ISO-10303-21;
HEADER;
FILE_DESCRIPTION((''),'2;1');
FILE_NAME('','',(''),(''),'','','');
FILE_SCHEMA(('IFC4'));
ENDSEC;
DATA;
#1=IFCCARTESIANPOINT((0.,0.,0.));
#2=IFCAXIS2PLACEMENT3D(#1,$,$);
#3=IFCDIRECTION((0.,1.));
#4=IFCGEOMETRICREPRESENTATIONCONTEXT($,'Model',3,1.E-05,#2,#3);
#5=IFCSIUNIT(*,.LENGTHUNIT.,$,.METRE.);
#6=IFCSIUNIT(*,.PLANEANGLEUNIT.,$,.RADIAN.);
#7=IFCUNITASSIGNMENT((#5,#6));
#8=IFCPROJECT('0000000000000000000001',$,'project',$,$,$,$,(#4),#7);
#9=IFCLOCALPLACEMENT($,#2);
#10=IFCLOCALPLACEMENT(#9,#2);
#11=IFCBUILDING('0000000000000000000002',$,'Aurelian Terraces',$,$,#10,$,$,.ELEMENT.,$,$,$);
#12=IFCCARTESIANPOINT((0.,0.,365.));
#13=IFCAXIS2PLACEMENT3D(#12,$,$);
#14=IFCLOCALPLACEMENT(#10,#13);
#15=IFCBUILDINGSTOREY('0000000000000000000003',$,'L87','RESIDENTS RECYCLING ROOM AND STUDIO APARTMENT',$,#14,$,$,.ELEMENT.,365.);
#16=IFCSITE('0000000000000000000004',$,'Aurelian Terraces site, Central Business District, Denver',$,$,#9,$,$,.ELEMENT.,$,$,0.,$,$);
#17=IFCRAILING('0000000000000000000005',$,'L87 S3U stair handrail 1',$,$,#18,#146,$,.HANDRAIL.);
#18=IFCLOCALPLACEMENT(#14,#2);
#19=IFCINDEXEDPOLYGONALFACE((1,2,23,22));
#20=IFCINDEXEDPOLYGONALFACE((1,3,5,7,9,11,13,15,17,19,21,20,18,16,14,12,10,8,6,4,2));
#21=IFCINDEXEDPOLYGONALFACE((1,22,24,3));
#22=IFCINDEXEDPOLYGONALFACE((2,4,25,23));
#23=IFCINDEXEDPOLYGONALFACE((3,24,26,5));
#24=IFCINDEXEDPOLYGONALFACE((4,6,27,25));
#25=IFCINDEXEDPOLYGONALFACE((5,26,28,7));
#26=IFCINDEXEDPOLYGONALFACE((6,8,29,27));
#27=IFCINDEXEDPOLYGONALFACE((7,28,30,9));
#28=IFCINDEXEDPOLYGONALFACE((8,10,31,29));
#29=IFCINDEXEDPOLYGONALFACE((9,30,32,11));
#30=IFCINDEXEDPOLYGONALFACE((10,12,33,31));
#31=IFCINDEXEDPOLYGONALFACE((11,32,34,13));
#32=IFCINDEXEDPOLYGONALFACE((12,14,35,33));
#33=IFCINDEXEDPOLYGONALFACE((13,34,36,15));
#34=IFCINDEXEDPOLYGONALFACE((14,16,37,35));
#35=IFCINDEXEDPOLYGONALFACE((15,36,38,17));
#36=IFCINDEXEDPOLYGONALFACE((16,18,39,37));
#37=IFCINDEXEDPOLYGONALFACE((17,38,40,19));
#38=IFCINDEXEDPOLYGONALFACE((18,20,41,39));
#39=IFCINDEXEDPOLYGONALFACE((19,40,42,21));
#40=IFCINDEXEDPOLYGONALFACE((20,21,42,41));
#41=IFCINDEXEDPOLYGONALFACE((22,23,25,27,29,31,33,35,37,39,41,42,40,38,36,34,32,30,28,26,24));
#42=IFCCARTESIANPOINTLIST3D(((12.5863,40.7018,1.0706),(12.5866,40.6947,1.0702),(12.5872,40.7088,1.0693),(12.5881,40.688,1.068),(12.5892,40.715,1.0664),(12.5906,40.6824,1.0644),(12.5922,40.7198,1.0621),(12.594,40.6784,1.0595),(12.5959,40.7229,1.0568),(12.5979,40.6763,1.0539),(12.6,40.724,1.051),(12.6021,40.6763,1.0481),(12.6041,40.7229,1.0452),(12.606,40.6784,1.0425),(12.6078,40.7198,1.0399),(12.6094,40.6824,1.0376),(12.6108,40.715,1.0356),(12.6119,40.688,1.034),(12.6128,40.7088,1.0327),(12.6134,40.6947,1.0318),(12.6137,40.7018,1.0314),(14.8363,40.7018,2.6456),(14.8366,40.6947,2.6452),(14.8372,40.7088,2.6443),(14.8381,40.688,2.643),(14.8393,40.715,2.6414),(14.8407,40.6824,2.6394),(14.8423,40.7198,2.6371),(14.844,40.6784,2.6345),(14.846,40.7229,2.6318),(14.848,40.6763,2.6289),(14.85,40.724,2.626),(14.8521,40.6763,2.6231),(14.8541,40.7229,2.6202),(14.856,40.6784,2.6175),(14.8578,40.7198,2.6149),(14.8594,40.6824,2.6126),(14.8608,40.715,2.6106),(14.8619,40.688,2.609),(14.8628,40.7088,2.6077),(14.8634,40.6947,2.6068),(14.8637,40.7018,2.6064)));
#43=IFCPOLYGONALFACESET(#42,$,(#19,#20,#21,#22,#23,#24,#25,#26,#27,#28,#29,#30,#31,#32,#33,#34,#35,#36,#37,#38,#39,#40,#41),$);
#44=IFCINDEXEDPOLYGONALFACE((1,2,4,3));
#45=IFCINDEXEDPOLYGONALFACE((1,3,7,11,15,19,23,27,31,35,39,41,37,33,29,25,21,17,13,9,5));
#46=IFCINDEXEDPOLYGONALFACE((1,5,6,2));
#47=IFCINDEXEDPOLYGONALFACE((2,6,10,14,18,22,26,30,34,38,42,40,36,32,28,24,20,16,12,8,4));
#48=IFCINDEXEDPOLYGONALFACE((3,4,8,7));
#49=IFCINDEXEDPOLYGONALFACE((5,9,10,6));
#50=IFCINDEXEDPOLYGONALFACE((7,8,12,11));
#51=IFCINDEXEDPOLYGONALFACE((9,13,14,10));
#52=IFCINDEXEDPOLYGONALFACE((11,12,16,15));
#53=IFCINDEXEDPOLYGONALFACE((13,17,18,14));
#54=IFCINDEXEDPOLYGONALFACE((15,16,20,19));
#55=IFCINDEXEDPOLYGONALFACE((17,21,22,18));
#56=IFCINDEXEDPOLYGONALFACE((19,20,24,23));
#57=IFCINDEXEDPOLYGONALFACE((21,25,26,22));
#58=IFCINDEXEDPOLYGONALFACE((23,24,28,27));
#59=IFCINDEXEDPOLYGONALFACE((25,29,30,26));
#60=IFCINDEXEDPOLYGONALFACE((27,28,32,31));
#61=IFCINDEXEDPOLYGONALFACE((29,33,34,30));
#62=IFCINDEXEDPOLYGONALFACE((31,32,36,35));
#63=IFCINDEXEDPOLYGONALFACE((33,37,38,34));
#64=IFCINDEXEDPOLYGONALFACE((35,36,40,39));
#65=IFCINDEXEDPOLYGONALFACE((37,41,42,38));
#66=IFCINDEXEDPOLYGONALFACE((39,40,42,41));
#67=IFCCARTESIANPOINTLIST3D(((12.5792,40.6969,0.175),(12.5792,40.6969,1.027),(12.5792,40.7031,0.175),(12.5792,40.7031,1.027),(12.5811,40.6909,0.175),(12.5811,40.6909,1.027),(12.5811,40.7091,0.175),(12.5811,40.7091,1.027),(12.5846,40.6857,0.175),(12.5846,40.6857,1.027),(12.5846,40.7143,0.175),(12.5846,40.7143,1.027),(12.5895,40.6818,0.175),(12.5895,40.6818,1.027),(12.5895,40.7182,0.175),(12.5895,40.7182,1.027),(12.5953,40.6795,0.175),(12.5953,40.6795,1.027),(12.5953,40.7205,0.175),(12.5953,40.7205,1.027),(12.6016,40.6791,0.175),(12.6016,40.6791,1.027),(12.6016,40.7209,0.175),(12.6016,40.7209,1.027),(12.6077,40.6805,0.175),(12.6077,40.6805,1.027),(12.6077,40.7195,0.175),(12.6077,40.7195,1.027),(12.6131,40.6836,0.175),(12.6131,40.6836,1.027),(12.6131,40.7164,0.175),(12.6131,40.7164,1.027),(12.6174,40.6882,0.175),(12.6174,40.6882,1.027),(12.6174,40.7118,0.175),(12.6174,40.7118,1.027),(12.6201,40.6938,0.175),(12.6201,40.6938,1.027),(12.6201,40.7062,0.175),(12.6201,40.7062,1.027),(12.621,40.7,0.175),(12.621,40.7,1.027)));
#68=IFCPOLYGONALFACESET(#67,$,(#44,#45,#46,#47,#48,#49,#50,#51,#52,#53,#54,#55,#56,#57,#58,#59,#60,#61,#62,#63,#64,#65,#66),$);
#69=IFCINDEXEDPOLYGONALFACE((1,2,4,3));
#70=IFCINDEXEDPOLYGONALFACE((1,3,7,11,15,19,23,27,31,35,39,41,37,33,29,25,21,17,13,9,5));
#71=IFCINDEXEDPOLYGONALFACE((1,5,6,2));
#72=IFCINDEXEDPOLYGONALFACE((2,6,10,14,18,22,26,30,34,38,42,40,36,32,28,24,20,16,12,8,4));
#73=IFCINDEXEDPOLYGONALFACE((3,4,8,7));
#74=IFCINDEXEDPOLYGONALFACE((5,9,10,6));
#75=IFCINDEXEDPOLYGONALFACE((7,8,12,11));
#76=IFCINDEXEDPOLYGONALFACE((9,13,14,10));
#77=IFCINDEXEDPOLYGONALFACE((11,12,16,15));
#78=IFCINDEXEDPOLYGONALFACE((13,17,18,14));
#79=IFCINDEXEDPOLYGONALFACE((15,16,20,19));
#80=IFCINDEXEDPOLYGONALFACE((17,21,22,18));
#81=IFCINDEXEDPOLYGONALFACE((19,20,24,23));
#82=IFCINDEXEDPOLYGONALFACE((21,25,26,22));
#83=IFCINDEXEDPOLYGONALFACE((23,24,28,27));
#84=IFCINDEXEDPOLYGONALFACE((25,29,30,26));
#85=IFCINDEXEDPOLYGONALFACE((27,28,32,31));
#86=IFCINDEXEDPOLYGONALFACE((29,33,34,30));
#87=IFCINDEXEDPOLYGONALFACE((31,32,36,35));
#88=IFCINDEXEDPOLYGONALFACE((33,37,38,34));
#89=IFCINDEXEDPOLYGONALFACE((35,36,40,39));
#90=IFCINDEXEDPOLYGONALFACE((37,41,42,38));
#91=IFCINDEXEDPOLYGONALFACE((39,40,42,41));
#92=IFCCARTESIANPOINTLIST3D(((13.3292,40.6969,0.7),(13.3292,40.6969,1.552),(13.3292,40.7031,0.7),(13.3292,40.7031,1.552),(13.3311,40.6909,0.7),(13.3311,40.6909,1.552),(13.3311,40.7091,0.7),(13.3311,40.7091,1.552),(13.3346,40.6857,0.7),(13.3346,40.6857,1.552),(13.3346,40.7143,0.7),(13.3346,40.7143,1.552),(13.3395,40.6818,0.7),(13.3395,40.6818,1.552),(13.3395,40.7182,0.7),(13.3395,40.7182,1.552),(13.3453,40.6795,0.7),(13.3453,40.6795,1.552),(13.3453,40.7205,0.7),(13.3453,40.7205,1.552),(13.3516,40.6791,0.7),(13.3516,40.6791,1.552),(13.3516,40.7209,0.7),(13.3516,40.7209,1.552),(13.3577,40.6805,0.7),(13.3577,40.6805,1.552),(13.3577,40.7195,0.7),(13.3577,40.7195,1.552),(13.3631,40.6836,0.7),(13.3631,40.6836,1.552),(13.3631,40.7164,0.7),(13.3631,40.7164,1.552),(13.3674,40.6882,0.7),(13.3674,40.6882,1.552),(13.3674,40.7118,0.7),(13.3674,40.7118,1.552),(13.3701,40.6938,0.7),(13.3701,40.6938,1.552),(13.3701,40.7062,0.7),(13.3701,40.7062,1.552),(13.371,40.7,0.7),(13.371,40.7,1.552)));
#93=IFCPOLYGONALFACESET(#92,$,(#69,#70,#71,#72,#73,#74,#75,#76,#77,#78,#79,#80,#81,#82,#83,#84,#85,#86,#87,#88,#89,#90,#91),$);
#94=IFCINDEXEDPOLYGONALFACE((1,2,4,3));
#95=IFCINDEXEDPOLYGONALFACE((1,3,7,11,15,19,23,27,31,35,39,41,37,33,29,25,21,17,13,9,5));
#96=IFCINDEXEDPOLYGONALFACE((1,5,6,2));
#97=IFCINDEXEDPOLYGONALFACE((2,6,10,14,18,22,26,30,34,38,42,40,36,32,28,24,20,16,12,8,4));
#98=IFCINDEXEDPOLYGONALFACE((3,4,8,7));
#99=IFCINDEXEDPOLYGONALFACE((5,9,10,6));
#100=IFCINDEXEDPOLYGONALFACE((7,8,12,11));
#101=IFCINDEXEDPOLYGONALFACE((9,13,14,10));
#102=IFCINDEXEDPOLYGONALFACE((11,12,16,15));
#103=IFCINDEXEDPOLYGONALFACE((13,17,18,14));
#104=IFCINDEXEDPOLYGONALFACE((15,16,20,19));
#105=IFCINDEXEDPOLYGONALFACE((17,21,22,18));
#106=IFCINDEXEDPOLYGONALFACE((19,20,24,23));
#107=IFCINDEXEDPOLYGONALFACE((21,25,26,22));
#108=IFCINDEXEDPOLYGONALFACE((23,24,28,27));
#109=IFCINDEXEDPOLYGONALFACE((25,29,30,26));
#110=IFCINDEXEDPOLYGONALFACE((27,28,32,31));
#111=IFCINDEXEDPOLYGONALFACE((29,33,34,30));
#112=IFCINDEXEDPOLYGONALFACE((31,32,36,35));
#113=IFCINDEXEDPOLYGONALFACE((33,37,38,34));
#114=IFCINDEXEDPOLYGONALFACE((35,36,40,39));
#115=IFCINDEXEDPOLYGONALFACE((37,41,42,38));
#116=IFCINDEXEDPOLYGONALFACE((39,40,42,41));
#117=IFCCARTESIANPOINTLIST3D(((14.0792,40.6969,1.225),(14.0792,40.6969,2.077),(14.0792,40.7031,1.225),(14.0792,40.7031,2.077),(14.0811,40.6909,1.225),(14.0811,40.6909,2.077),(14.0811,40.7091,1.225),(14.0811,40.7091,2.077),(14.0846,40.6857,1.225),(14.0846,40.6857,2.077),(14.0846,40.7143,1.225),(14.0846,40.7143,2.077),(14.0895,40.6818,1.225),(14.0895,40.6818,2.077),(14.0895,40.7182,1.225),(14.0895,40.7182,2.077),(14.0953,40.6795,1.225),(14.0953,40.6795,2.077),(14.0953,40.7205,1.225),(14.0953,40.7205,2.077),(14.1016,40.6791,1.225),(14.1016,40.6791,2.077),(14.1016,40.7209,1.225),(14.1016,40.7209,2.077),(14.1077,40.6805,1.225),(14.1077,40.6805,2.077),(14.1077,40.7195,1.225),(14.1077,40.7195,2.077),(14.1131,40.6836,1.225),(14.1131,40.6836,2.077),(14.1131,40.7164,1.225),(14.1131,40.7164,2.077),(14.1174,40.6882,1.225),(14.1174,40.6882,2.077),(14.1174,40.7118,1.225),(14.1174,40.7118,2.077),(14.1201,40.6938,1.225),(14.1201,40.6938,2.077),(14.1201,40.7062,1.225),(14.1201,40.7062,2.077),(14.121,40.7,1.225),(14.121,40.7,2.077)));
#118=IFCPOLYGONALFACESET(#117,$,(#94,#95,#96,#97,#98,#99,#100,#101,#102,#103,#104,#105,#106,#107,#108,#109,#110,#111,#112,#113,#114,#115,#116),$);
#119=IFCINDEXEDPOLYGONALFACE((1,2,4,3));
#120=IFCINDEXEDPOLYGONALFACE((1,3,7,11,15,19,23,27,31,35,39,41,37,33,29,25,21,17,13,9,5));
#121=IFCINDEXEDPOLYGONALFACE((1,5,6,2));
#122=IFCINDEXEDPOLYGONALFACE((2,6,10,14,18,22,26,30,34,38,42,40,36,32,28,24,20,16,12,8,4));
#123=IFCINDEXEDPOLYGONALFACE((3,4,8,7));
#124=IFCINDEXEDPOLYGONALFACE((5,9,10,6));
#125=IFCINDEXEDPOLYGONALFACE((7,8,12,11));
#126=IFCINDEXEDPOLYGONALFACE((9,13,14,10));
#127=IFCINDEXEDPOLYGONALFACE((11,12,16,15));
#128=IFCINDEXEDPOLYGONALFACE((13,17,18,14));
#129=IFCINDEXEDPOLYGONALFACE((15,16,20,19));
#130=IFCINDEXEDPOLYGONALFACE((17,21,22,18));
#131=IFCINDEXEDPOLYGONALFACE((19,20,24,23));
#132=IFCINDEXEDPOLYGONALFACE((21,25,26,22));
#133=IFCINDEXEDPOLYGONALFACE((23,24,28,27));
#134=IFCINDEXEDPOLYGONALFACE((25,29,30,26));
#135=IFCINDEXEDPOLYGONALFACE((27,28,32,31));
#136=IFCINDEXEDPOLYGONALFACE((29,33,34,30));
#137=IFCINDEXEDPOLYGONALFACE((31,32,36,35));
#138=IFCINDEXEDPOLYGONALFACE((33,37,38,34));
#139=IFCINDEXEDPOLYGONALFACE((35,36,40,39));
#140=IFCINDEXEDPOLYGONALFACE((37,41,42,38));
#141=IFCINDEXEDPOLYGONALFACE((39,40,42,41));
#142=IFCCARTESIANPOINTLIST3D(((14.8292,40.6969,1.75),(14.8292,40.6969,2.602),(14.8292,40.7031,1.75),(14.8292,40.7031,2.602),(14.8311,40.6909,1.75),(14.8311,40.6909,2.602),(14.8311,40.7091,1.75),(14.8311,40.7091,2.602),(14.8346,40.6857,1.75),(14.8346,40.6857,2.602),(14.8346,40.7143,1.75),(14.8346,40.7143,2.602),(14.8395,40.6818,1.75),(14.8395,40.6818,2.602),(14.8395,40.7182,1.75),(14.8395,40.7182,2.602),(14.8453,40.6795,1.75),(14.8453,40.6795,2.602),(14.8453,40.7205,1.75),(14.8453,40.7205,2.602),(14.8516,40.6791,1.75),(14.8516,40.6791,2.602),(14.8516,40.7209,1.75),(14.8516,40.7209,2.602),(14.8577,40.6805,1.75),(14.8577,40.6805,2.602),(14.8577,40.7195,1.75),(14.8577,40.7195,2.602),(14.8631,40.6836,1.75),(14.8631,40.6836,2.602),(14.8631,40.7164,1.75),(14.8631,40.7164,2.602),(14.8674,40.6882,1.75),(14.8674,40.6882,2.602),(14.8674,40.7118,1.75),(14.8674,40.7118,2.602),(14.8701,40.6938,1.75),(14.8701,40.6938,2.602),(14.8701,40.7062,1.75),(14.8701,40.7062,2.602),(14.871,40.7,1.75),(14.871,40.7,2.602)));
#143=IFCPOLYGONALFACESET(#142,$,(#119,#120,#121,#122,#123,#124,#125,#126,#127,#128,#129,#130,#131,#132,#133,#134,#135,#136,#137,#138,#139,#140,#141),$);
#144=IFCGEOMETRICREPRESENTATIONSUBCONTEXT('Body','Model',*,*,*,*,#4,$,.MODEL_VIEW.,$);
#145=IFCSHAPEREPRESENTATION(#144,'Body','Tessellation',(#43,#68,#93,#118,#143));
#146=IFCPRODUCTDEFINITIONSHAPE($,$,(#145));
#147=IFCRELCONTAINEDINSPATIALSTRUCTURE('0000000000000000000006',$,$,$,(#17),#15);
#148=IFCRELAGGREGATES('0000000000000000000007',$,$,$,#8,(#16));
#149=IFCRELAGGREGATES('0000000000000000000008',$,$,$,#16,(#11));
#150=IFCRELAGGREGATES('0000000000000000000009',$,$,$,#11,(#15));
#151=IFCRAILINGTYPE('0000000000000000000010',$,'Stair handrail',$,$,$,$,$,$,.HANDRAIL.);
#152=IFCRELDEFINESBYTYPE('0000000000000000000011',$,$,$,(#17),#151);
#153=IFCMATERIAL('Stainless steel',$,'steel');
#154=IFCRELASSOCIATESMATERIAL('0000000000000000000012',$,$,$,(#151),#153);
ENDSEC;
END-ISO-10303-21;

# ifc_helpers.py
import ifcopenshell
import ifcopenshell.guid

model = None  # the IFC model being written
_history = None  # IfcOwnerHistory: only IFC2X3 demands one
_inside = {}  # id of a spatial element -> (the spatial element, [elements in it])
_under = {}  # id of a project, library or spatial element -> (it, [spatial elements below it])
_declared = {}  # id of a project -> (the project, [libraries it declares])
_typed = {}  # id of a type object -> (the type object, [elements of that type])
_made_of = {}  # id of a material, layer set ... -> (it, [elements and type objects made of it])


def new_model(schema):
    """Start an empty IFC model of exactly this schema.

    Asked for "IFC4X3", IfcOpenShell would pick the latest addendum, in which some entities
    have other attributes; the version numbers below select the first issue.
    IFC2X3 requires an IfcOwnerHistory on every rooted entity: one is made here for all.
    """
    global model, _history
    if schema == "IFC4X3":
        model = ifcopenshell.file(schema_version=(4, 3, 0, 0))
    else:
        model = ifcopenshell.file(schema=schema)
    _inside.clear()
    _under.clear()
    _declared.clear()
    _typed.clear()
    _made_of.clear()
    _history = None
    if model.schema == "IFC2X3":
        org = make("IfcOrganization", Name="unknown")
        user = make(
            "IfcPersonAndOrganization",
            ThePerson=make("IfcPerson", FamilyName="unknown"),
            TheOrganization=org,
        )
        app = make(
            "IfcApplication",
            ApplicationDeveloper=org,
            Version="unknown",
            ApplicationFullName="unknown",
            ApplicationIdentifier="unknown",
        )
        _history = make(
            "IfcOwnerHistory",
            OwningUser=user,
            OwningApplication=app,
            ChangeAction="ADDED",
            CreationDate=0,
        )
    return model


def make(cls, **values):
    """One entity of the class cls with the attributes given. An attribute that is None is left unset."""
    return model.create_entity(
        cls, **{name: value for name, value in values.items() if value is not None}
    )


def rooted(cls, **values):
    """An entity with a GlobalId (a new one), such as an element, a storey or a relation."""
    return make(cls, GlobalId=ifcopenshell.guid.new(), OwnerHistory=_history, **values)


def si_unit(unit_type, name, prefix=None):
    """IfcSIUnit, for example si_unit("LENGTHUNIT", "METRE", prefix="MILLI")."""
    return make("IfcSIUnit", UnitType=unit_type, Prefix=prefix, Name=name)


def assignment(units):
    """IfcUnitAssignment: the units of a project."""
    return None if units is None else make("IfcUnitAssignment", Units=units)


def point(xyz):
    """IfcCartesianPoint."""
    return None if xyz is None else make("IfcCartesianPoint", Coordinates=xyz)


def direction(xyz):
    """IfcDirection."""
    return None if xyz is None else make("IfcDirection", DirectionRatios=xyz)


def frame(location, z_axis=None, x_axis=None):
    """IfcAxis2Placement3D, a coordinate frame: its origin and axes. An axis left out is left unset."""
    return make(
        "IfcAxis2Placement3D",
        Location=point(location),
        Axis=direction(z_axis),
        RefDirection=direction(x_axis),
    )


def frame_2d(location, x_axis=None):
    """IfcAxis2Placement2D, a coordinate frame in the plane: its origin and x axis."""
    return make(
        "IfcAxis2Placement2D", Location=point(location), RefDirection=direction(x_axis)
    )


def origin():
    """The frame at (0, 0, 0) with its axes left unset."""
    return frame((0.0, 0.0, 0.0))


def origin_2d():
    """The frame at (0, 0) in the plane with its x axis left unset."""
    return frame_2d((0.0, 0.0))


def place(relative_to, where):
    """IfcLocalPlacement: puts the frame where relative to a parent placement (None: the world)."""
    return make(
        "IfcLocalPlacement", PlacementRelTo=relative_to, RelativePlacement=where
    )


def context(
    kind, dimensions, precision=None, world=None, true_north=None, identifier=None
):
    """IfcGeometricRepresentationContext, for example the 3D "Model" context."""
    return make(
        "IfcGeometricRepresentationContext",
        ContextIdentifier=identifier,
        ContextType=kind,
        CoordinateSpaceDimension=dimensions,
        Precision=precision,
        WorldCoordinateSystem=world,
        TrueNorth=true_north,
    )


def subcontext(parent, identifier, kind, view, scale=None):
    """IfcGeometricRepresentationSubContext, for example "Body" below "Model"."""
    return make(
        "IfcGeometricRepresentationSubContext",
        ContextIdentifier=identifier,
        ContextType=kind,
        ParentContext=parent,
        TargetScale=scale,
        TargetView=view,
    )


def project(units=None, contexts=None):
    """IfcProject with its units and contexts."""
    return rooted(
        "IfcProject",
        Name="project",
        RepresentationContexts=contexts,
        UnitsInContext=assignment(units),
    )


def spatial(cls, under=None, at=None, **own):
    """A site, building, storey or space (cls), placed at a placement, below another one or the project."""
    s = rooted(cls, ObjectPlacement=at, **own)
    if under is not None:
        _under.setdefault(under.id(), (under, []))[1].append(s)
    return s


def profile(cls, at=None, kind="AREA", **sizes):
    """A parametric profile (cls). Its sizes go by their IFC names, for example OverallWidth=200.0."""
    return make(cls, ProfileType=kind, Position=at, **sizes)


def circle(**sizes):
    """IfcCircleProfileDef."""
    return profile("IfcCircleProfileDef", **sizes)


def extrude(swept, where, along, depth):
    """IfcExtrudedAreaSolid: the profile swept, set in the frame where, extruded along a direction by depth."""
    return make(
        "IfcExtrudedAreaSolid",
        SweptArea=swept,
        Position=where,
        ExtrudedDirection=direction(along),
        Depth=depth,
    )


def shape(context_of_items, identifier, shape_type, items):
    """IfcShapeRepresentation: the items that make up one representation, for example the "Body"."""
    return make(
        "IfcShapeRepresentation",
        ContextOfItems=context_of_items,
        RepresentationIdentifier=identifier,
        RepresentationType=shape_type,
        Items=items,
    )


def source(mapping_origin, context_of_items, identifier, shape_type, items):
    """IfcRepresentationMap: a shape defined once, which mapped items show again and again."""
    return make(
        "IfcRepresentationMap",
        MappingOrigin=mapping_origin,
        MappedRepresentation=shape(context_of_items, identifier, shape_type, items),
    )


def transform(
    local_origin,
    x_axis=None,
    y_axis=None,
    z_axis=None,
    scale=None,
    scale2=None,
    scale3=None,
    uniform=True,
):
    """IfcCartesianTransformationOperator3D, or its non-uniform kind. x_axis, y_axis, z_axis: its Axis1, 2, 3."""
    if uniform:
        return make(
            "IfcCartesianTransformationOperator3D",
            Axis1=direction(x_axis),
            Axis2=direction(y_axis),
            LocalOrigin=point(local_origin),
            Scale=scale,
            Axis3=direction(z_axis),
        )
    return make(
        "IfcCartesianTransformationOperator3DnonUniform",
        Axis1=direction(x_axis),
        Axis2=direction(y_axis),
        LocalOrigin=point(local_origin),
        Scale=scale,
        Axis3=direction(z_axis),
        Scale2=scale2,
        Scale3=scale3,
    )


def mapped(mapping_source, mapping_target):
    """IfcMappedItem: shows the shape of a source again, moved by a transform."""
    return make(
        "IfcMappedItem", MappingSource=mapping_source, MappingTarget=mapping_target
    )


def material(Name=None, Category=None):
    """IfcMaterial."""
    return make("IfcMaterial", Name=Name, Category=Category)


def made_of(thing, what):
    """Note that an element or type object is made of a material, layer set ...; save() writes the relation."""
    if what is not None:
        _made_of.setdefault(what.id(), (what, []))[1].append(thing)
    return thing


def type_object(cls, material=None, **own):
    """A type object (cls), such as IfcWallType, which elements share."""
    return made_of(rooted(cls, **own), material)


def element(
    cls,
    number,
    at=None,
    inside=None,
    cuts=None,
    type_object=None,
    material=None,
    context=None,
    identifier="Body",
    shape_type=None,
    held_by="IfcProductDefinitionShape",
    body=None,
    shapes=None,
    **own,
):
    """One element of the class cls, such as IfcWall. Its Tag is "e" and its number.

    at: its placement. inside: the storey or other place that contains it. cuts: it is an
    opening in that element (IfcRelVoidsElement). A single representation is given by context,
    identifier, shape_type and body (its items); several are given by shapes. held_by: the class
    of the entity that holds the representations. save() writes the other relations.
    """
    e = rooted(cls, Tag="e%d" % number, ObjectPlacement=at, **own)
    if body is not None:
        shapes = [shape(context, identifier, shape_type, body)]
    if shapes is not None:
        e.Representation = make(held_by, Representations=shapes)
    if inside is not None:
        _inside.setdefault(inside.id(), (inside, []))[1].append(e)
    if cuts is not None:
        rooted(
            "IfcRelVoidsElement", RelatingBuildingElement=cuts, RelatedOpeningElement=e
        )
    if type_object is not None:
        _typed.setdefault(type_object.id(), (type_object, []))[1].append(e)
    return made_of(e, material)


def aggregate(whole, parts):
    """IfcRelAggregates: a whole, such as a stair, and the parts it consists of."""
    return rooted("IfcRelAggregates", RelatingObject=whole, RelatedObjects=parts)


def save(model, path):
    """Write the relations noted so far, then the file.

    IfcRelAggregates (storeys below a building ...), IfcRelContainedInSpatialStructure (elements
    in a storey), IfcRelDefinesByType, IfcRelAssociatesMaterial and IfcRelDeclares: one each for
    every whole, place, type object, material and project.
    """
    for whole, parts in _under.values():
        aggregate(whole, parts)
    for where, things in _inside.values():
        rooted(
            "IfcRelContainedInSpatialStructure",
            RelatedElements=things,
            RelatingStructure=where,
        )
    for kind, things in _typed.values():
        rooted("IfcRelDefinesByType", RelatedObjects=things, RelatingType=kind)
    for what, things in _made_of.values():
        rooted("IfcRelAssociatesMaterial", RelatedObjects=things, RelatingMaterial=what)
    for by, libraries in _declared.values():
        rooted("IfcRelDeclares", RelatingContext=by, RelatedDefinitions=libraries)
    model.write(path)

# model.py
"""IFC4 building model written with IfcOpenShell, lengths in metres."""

from ifc_helpers import new_model, si_unit, direction, frame, origin, origin_2d, place, context, subcontext, project, spatial, circle, extrude, source, transform, mapped, material, type_object, element, save


model = new_model("IFC4")

# Units and contexts
model_context = context("Model", 3, precision=1e-05, world=origin(), true_north=direction((0.0, 1.0)))
body_context = subcontext(model_context, "Body", "Model", "MODEL_VIEW")
ifc_project = project(units=[si_unit("LENGTHUNIT", "METRE"), si_unit("PLANEANGLEUNIT", "RADIAN")], contexts=[model_context])

# Site, building, storey
site_placement = place(None, origin())
site = spatial("IfcSite", under=ifc_project, at=site_placement, Name="Aurelian Terraces site, Central Business District, Denver", CompositionType="ELEMENT", RefElevation=0.0)
building_placement = place(site_placement, origin())
building = spatial("IfcBuilding", under=site, at=building_placement, Name="Aurelian Terraces", CompositionType="ELEMENT")
storey_placement = place(building_placement, frame((0.0, 0.0, 365.0)))
storey = spatial("IfcBuildingStorey", under=building, at=storey_placement, Name="L87", Description="RESIDENTS RECYCLING ROOM AND STUDIO APARTMENT", CompositionType="ELEMENT", Elevation=365.0)

# Railing
ifc_material_1 = material(Name="Stainless steel", Category="steel")
railing_type_1 = type_object("IfcRailingType", Name="Stair handrail", PredefinedType="HANDRAIL", material=ifc_material_1)
shared_shape_1 = source(origin(), body_context, "Body", "SweptSolid", [
    extrude(circle(Radius=0.024, at=origin_2d()), frame((0.0, 0.0, 0.876), z_axis=(0.819232, 0.0, 0.573462), x_axis=(0.0, 1.0, 0.0)), (0.0, 0.0, 1.0), 2.7465),
    extrude(circle(Radius=0.021, at=origin_2d()), origin(), (0.0, 0.0, 1.0), 0.852),
    extrude(circle(Radius=0.021, at=origin_2d()), frame((0.75, 0.0, 0.525)), (0.0, 0.0, 1.0), 0.852),
    extrude(circle(Radius=0.021, at=origin_2d()), frame((1.5, 0.0, 1.05)), (0.0, 0.0, 1.0), 0.852),
    extrude(circle(Radius=0.021, at=origin_2d()), frame((2.25, 0.0, 1.575)), (0.0, 0.0, 1.0), 0.852),
])
railing_1_placement = place(storey_placement, frame((12.6, 40.7, 0.175)))
element("IfcRailing", 1, at=railing_1_placement, inside=storey, type_object=railing_type_1, Name="L87 S3U stair handrail 1", PredefinedType="HANDRAIL", context=body_context, shape_type="MappedRepresentation", body=[
    mapped(shared_shape_1, transform((0.0, 0.0, 0.0), scale=1.0)),
])

save(model, "model.ifc")
